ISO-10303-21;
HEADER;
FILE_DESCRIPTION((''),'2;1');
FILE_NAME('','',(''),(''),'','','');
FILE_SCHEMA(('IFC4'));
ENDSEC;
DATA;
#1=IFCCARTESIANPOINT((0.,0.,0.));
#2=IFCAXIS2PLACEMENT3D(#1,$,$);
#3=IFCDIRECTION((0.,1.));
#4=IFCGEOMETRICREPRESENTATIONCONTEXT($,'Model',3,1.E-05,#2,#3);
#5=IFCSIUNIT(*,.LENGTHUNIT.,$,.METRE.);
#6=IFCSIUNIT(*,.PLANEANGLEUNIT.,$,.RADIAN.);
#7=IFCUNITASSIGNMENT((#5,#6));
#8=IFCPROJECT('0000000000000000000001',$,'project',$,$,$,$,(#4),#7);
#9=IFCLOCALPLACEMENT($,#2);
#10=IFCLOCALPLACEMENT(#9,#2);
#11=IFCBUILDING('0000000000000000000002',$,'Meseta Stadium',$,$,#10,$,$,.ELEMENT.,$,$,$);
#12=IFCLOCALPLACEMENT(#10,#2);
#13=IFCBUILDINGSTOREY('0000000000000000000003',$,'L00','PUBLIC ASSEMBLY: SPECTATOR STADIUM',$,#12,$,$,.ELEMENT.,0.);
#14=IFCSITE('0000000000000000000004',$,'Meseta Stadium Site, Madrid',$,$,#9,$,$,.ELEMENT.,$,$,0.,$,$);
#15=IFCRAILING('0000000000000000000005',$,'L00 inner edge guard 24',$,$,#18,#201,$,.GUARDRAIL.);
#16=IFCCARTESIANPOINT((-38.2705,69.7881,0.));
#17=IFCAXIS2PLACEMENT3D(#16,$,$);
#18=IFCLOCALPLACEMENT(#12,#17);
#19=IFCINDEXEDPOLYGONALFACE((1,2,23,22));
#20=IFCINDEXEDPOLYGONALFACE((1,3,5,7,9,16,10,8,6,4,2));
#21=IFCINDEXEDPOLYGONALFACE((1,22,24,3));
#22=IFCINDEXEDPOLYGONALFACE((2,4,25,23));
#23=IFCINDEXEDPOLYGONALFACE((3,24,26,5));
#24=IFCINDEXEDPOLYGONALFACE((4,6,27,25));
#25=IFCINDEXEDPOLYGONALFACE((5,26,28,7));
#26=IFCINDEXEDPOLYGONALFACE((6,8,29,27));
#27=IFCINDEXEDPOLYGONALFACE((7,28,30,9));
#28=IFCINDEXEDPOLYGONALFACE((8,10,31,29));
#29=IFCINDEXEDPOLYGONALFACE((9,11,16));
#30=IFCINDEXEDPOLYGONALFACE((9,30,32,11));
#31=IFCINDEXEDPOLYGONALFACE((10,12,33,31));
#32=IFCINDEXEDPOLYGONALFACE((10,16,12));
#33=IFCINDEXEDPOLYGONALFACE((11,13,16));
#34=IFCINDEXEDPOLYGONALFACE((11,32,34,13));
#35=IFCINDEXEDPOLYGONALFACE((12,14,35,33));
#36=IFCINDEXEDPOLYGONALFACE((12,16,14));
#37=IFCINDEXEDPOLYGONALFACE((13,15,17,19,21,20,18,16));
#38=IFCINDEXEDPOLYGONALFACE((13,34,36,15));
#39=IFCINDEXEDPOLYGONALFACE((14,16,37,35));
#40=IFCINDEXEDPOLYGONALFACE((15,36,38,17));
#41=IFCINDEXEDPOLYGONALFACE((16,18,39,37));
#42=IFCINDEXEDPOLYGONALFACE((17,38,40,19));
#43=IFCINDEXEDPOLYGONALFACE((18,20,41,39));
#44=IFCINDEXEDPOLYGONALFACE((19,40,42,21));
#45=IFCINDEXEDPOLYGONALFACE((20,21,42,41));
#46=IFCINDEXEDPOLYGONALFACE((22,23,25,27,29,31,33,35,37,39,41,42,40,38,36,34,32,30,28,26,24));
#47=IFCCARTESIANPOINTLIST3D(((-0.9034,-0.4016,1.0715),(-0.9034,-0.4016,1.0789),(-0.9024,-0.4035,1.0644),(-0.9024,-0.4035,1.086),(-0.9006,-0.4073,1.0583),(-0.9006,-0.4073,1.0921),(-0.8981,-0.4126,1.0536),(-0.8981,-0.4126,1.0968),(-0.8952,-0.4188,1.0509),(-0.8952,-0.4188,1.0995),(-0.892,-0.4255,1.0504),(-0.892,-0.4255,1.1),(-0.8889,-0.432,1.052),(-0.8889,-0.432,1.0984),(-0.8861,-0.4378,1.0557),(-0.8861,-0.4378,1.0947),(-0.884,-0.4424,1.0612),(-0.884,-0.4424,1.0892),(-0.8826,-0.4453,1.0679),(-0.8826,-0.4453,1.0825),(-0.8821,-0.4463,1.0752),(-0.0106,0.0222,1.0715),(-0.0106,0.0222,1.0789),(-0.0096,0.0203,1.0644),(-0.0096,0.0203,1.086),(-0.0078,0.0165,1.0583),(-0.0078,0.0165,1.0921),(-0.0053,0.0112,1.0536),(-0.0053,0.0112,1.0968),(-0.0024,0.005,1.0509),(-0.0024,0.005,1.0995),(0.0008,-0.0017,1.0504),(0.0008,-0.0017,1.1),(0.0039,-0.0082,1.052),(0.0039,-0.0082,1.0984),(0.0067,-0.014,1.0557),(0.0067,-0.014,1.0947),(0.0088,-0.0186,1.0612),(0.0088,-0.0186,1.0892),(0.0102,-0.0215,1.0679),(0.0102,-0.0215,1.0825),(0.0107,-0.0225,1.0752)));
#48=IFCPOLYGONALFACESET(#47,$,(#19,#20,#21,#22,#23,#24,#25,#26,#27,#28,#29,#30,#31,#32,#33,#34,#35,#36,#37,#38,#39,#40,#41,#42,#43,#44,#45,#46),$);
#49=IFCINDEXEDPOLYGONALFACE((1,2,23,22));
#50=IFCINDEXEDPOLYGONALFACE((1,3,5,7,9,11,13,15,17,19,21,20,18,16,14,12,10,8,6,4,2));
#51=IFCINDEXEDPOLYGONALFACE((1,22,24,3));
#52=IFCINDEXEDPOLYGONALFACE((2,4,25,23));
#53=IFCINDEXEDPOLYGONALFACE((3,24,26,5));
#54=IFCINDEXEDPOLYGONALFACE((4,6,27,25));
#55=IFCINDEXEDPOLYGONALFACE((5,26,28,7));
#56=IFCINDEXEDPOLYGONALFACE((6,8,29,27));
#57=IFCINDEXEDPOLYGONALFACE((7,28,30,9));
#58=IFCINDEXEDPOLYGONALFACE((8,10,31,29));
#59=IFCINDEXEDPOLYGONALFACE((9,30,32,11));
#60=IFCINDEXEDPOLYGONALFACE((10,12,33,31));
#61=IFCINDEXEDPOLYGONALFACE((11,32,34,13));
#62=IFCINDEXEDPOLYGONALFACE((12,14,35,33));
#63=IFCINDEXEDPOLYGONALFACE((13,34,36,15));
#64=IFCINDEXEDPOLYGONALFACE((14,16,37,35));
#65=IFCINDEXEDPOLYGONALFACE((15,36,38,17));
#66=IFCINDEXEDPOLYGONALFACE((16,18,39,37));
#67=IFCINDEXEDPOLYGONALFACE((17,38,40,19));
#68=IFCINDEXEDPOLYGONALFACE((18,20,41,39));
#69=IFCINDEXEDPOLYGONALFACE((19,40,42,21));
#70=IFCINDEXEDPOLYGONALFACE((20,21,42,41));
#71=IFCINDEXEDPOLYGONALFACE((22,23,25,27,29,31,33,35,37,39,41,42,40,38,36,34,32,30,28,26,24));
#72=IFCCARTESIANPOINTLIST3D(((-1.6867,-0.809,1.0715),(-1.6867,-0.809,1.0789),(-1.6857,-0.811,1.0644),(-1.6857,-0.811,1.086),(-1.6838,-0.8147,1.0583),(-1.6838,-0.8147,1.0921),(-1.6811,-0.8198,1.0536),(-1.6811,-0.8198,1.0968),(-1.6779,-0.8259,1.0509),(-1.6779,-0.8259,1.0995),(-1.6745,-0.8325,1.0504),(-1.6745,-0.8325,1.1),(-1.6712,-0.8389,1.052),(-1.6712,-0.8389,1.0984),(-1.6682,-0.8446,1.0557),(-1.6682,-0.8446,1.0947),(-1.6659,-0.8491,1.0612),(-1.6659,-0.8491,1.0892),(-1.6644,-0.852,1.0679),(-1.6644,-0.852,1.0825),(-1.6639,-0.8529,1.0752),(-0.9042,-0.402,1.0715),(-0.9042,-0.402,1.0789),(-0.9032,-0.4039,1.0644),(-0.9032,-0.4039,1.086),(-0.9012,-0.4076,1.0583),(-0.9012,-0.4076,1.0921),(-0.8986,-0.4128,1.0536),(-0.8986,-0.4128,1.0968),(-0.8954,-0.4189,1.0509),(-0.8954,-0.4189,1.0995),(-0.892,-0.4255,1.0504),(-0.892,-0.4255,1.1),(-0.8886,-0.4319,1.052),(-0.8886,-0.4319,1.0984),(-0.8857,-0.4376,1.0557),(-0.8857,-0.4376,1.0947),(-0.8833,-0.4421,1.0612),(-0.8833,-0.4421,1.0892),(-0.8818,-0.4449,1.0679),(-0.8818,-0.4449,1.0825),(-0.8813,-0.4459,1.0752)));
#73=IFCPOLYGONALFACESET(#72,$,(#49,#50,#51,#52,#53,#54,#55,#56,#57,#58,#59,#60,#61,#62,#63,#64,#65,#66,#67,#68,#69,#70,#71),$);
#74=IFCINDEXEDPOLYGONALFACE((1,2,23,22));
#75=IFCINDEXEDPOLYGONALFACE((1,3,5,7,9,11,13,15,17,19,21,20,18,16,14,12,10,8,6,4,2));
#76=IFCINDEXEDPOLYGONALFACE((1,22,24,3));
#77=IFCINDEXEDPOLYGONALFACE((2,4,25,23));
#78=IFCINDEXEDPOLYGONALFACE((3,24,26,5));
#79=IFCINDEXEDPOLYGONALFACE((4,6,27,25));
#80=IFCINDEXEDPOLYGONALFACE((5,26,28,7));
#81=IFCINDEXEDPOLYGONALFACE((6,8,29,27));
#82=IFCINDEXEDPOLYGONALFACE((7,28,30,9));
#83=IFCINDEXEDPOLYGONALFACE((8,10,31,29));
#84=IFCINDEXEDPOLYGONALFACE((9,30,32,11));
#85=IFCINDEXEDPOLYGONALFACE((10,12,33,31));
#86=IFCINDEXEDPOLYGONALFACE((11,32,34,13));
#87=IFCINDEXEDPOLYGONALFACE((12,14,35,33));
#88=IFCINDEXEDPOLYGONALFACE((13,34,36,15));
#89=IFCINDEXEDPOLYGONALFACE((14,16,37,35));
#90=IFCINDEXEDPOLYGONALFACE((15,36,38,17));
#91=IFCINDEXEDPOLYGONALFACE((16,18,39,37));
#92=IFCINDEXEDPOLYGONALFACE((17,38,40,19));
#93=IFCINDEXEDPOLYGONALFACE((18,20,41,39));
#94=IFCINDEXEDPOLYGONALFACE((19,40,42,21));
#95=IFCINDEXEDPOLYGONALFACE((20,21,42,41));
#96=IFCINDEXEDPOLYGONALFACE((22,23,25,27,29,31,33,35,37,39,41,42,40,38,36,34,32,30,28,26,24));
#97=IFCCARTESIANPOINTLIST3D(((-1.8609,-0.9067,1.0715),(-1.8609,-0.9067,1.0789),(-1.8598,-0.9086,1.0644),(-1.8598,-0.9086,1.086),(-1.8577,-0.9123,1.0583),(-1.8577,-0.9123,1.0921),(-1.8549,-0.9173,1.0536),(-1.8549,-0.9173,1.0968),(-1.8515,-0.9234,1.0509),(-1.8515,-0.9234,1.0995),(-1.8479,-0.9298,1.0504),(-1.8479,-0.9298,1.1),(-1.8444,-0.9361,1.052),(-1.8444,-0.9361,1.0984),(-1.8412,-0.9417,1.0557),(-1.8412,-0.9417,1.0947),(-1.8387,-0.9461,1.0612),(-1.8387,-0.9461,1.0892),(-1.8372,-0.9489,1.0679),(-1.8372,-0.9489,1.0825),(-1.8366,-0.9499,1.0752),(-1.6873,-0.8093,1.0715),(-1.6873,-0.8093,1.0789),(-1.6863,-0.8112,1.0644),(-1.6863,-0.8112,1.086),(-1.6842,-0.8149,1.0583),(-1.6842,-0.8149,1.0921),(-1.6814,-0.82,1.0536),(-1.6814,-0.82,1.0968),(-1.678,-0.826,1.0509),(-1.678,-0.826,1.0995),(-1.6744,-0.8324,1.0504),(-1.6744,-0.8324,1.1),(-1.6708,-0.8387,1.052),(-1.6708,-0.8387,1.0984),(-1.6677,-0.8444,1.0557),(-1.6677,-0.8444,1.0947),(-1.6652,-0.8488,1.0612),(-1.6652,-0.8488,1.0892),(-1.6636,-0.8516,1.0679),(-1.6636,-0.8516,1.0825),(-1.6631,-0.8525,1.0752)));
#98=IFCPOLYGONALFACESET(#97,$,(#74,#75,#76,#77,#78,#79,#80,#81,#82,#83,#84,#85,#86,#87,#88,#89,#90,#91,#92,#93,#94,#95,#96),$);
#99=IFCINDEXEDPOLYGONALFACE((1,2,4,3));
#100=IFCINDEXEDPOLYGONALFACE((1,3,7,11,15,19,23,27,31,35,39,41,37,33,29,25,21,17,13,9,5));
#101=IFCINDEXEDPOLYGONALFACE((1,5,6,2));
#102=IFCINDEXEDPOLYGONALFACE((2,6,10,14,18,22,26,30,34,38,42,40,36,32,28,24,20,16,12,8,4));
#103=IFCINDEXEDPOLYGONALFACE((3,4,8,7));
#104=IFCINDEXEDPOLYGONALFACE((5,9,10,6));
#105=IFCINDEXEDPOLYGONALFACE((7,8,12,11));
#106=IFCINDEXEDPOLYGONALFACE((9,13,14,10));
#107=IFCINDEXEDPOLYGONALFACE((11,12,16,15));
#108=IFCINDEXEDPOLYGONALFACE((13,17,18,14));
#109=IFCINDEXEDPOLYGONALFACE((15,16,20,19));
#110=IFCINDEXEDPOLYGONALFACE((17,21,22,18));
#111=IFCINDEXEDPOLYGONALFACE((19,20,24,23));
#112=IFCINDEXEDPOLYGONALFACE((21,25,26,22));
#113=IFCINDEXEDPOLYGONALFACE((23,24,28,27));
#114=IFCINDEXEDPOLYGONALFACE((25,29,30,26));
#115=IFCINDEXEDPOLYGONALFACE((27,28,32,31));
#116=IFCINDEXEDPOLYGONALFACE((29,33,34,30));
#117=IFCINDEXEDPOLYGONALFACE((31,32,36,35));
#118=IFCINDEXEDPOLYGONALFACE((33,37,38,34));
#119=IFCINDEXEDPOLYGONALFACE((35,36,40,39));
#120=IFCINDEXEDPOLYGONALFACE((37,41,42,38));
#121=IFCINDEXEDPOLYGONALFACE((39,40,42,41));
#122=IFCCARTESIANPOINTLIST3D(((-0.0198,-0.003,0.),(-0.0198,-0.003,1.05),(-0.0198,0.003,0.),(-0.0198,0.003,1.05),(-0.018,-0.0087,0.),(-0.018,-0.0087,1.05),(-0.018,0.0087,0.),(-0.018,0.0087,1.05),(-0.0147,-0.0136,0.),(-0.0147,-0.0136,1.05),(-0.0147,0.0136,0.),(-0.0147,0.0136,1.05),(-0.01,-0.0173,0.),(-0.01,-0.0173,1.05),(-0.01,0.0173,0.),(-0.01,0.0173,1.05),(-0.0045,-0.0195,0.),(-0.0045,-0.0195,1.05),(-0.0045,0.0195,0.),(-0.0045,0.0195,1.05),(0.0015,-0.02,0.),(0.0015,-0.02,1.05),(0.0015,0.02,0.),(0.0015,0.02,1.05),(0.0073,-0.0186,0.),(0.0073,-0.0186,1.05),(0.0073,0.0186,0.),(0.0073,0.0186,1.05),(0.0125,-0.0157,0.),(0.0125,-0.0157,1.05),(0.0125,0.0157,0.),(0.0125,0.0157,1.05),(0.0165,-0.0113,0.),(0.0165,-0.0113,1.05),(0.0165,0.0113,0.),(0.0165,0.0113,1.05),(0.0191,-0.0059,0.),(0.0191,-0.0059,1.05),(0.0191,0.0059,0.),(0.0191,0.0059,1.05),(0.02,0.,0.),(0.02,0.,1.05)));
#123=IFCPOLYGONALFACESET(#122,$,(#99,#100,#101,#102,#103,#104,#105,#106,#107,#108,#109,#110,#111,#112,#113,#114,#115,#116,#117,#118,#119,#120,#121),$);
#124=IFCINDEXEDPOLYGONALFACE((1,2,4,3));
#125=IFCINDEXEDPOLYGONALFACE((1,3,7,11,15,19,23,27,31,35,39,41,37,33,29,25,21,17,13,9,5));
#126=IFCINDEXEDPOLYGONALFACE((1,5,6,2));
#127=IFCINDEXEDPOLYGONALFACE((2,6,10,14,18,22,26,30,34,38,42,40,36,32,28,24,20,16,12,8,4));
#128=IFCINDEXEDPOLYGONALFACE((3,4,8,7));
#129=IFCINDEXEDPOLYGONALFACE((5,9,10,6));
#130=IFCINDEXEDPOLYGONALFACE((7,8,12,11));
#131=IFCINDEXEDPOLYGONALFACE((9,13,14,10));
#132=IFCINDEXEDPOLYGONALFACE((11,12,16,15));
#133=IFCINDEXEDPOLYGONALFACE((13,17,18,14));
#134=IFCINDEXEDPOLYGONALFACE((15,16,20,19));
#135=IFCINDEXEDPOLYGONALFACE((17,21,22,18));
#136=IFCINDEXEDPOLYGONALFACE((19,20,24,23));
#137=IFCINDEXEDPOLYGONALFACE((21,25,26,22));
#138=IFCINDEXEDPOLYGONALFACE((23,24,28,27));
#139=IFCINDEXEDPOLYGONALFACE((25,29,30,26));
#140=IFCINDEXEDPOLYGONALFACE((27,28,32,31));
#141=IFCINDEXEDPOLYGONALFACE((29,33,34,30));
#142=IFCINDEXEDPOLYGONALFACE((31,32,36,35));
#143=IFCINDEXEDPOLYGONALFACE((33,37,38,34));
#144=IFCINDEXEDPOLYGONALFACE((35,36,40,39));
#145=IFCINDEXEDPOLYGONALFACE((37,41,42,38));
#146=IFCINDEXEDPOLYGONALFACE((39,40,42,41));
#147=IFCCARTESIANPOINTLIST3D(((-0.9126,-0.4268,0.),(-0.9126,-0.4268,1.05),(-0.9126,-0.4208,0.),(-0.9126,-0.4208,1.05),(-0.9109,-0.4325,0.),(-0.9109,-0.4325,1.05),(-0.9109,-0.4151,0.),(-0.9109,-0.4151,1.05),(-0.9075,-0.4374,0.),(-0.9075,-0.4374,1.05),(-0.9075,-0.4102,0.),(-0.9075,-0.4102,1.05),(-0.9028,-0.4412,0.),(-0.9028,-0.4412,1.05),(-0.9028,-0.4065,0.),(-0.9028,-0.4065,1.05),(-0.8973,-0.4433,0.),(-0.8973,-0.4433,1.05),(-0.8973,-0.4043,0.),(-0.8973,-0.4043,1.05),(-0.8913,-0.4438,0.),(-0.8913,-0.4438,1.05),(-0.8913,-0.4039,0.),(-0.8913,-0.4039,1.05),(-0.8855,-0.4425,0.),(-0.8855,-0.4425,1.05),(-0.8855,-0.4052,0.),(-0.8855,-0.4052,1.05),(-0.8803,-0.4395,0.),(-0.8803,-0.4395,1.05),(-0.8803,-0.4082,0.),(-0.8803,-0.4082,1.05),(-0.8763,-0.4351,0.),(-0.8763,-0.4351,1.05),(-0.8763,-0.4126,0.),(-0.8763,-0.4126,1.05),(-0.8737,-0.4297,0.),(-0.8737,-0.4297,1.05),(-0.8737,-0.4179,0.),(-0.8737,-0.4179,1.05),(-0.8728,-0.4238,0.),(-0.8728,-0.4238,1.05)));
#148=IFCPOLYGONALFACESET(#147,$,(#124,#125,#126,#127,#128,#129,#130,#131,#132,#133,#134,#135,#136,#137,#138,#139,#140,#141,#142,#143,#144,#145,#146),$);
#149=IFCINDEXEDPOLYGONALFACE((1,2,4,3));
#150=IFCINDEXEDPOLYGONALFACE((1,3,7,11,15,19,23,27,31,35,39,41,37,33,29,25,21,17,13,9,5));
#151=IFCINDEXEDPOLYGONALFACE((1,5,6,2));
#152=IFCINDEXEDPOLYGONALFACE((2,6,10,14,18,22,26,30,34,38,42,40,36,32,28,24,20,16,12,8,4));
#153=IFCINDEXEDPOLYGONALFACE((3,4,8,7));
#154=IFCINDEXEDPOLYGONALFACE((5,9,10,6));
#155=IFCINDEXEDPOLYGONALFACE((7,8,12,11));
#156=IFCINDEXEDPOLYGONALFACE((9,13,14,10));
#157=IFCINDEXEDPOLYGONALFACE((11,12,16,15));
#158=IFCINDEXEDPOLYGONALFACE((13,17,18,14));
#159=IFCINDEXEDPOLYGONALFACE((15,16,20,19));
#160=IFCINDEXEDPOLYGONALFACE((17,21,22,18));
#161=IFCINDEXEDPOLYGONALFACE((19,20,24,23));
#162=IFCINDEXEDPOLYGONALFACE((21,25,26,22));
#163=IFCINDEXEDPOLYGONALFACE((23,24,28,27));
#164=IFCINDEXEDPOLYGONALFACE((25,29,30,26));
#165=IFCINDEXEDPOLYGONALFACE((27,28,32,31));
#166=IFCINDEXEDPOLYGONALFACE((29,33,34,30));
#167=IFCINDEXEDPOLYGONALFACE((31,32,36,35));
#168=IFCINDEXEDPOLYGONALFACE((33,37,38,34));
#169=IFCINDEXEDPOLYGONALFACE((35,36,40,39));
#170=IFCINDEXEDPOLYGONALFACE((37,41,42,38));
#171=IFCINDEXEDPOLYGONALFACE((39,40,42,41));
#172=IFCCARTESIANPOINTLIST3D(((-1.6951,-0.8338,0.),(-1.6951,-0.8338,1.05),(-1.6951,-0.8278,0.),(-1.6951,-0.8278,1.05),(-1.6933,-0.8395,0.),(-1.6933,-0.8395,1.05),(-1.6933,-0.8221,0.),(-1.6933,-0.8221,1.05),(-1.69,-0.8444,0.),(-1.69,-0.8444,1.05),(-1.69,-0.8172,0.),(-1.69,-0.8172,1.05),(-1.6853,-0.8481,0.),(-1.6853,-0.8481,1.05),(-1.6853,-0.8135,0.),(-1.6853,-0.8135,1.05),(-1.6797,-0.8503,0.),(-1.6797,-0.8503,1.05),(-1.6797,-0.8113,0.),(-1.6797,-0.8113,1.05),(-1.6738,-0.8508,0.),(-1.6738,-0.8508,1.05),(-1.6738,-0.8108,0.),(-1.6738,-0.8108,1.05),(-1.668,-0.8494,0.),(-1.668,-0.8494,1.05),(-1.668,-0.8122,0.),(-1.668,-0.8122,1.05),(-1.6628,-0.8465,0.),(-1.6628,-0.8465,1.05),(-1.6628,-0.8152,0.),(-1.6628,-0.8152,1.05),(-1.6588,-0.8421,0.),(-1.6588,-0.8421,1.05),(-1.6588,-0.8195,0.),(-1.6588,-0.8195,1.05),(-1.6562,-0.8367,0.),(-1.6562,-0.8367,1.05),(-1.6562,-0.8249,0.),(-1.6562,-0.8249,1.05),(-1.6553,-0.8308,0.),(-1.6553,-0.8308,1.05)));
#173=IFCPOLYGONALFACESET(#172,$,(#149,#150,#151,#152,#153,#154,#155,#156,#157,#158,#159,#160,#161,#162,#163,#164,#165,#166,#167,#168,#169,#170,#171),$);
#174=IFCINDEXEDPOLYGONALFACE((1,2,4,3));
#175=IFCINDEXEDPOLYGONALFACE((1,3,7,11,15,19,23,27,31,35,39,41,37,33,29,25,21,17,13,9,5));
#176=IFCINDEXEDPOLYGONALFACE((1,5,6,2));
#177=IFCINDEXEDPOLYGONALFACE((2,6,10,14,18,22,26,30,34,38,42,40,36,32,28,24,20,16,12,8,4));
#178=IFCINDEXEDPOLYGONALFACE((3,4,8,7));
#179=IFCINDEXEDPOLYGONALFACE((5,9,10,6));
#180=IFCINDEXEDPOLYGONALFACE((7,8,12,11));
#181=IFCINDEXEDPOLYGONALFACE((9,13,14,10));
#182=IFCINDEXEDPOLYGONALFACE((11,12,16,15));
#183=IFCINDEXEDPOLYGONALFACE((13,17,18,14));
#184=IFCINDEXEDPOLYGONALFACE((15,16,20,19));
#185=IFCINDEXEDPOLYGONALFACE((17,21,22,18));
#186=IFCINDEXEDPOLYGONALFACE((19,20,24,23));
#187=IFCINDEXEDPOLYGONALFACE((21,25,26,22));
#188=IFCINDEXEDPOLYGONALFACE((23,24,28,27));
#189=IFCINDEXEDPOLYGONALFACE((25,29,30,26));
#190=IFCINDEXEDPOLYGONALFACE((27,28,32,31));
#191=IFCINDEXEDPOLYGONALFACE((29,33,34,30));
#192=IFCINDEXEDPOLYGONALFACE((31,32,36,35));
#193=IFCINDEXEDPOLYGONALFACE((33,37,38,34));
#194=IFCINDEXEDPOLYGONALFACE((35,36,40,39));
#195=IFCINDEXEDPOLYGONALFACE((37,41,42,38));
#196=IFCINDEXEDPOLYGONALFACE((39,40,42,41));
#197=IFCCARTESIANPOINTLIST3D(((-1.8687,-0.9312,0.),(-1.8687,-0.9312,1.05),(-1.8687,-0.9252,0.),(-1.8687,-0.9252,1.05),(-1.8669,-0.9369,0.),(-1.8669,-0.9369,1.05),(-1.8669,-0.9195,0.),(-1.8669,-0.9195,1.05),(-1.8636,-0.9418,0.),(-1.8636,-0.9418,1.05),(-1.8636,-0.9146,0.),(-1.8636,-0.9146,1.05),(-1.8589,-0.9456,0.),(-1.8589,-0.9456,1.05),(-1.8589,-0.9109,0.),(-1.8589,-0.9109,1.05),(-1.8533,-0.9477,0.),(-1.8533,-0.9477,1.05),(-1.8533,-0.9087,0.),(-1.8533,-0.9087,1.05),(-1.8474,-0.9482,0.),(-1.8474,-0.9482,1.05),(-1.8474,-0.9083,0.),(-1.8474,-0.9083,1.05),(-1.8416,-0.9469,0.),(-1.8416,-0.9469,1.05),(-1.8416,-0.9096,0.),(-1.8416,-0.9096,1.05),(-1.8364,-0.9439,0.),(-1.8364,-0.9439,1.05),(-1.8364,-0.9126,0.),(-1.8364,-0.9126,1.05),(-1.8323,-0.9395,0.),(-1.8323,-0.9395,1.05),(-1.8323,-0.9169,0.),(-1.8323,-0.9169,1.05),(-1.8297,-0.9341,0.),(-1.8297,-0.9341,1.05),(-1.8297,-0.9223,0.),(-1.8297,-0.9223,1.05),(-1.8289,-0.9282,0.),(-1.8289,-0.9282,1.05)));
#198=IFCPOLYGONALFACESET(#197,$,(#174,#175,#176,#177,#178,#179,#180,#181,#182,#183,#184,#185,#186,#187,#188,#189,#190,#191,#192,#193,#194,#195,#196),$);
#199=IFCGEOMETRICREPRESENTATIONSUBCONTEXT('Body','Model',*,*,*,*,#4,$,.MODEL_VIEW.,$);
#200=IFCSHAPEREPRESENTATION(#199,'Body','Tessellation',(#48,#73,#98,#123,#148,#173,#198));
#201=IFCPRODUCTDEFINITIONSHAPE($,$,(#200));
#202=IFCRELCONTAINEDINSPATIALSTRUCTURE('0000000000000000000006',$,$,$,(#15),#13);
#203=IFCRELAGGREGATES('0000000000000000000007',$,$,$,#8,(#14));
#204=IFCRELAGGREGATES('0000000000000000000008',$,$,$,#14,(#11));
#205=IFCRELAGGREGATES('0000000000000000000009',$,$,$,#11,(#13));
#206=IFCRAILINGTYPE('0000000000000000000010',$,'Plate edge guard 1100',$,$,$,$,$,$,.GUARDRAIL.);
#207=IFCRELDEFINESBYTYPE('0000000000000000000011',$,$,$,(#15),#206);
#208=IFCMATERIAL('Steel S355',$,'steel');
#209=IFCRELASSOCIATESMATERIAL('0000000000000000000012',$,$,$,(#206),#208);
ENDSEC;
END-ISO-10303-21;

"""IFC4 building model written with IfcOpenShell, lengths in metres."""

from ifc_helpers import new_model, si_unit, direction, frame, origin, origin_2d, place, context, subcontext, project, spatial, circle, extrude, material, type_object, element, save


model = new_model("IFC4")

# Units and contexts
model_context = context("Model", 3, precision=1e-05, world=origin(), true_north=direction((0.0, 1.0)))
body_context = subcontext(model_context, "Body", "Model", "MODEL_VIEW")
ifc_project = project(units=[si_unit("LENGTHUNIT", "METRE"), si_unit("PLANEANGLEUNIT", "RADIAN")], contexts=[model_context])

# Site, building, storey
site_placement = place(None, origin())
site = spatial("IfcSite", under=ifc_project, at=site_placement, Name="Meseta Stadium Site, Madrid", CompositionType="ELEMENT", RefElevation=0.0)
building_placement = place(site_placement, origin())
building = spatial("IfcBuilding", under=site, at=building_placement, Name="Meseta Stadium", CompositionType="ELEMENT")
storey_placement = place(building_placement, origin())
storey = spatial("IfcBuildingStorey", under=building, at=storey_placement, Name="L00", Description="PUBLIC ASSEMBLY: SPECTATOR STADIUM", CompositionType="ELEMENT", Elevation=0.0)

# Railing
ifc_material_1 = material(Name="Steel S355", Category="steel")
railing_type_1 = type_object("IfcRailingType", Name="Plate edge guard 1100", PredefinedType="GUARDRAIL", material=ifc_material_1)
railing_1_placement = place(storey_placement, frame((-38.2705, 69.7881, 0.0)))
element("IfcRailing", 1, at=railing_1_placement, inside=storey, type_object=railing_type_1, Name="L00 inner edge guard 24", PredefinedType="GUARDRAIL", context=body_context, shape_type="SweptSolid", body=[
    extrude(circle(Radius=0.0249, at=origin_2d()), frame((0.0, 0.0, 1.0752), z_axis=(-0.90338, -0.42884, 0.0), x_axis=(0.42884, -0.90338, 0.0)), (0.0, 0.0, 1.0), 0.9883),
    extrude(circle(Radius=0.0249, at=origin_2d()), frame((-0.8928, -0.4238, 1.0752), z_axis=(-0.887171, -0.46144, 0.0), x_axis=(0.46144, -0.887171, 0.0)), (0.0, 0.0, 1.0), 0.8821),
    extrude(circle(Radius=0.0249, at=origin_2d()), frame((-1.6753, -0.8308, 1.0752), z_axis=(-0.872066, -0.489387, 0.0), x_axis=(0.489387, -0.872066, 0.0)), (0.0, 0.0, 1.0), 0.199),
    extrude(circle(Radius=0.02, at=origin_2d()), origin(), (0.0, 0.0, 1.0), 1.05),
    extrude(circle(Radius=0.02, at=origin_2d()), frame((-0.8928, -0.4238, 0.0)), (0.0, 0.0, 1.0), 1.05),
    extrude(circle(Radius=0.02, at=origin_2d()), frame((-1.6753, -0.8308, 0.0)), (0.0, 0.0, 1.0), 1.05),
    extrude(circle(Radius=0.02, at=origin_2d()), frame((-1.8489, -0.9282, 0.0)), (0.0, 0.0, 1.0), 1.05),
])

save(model, "model.ifc")
